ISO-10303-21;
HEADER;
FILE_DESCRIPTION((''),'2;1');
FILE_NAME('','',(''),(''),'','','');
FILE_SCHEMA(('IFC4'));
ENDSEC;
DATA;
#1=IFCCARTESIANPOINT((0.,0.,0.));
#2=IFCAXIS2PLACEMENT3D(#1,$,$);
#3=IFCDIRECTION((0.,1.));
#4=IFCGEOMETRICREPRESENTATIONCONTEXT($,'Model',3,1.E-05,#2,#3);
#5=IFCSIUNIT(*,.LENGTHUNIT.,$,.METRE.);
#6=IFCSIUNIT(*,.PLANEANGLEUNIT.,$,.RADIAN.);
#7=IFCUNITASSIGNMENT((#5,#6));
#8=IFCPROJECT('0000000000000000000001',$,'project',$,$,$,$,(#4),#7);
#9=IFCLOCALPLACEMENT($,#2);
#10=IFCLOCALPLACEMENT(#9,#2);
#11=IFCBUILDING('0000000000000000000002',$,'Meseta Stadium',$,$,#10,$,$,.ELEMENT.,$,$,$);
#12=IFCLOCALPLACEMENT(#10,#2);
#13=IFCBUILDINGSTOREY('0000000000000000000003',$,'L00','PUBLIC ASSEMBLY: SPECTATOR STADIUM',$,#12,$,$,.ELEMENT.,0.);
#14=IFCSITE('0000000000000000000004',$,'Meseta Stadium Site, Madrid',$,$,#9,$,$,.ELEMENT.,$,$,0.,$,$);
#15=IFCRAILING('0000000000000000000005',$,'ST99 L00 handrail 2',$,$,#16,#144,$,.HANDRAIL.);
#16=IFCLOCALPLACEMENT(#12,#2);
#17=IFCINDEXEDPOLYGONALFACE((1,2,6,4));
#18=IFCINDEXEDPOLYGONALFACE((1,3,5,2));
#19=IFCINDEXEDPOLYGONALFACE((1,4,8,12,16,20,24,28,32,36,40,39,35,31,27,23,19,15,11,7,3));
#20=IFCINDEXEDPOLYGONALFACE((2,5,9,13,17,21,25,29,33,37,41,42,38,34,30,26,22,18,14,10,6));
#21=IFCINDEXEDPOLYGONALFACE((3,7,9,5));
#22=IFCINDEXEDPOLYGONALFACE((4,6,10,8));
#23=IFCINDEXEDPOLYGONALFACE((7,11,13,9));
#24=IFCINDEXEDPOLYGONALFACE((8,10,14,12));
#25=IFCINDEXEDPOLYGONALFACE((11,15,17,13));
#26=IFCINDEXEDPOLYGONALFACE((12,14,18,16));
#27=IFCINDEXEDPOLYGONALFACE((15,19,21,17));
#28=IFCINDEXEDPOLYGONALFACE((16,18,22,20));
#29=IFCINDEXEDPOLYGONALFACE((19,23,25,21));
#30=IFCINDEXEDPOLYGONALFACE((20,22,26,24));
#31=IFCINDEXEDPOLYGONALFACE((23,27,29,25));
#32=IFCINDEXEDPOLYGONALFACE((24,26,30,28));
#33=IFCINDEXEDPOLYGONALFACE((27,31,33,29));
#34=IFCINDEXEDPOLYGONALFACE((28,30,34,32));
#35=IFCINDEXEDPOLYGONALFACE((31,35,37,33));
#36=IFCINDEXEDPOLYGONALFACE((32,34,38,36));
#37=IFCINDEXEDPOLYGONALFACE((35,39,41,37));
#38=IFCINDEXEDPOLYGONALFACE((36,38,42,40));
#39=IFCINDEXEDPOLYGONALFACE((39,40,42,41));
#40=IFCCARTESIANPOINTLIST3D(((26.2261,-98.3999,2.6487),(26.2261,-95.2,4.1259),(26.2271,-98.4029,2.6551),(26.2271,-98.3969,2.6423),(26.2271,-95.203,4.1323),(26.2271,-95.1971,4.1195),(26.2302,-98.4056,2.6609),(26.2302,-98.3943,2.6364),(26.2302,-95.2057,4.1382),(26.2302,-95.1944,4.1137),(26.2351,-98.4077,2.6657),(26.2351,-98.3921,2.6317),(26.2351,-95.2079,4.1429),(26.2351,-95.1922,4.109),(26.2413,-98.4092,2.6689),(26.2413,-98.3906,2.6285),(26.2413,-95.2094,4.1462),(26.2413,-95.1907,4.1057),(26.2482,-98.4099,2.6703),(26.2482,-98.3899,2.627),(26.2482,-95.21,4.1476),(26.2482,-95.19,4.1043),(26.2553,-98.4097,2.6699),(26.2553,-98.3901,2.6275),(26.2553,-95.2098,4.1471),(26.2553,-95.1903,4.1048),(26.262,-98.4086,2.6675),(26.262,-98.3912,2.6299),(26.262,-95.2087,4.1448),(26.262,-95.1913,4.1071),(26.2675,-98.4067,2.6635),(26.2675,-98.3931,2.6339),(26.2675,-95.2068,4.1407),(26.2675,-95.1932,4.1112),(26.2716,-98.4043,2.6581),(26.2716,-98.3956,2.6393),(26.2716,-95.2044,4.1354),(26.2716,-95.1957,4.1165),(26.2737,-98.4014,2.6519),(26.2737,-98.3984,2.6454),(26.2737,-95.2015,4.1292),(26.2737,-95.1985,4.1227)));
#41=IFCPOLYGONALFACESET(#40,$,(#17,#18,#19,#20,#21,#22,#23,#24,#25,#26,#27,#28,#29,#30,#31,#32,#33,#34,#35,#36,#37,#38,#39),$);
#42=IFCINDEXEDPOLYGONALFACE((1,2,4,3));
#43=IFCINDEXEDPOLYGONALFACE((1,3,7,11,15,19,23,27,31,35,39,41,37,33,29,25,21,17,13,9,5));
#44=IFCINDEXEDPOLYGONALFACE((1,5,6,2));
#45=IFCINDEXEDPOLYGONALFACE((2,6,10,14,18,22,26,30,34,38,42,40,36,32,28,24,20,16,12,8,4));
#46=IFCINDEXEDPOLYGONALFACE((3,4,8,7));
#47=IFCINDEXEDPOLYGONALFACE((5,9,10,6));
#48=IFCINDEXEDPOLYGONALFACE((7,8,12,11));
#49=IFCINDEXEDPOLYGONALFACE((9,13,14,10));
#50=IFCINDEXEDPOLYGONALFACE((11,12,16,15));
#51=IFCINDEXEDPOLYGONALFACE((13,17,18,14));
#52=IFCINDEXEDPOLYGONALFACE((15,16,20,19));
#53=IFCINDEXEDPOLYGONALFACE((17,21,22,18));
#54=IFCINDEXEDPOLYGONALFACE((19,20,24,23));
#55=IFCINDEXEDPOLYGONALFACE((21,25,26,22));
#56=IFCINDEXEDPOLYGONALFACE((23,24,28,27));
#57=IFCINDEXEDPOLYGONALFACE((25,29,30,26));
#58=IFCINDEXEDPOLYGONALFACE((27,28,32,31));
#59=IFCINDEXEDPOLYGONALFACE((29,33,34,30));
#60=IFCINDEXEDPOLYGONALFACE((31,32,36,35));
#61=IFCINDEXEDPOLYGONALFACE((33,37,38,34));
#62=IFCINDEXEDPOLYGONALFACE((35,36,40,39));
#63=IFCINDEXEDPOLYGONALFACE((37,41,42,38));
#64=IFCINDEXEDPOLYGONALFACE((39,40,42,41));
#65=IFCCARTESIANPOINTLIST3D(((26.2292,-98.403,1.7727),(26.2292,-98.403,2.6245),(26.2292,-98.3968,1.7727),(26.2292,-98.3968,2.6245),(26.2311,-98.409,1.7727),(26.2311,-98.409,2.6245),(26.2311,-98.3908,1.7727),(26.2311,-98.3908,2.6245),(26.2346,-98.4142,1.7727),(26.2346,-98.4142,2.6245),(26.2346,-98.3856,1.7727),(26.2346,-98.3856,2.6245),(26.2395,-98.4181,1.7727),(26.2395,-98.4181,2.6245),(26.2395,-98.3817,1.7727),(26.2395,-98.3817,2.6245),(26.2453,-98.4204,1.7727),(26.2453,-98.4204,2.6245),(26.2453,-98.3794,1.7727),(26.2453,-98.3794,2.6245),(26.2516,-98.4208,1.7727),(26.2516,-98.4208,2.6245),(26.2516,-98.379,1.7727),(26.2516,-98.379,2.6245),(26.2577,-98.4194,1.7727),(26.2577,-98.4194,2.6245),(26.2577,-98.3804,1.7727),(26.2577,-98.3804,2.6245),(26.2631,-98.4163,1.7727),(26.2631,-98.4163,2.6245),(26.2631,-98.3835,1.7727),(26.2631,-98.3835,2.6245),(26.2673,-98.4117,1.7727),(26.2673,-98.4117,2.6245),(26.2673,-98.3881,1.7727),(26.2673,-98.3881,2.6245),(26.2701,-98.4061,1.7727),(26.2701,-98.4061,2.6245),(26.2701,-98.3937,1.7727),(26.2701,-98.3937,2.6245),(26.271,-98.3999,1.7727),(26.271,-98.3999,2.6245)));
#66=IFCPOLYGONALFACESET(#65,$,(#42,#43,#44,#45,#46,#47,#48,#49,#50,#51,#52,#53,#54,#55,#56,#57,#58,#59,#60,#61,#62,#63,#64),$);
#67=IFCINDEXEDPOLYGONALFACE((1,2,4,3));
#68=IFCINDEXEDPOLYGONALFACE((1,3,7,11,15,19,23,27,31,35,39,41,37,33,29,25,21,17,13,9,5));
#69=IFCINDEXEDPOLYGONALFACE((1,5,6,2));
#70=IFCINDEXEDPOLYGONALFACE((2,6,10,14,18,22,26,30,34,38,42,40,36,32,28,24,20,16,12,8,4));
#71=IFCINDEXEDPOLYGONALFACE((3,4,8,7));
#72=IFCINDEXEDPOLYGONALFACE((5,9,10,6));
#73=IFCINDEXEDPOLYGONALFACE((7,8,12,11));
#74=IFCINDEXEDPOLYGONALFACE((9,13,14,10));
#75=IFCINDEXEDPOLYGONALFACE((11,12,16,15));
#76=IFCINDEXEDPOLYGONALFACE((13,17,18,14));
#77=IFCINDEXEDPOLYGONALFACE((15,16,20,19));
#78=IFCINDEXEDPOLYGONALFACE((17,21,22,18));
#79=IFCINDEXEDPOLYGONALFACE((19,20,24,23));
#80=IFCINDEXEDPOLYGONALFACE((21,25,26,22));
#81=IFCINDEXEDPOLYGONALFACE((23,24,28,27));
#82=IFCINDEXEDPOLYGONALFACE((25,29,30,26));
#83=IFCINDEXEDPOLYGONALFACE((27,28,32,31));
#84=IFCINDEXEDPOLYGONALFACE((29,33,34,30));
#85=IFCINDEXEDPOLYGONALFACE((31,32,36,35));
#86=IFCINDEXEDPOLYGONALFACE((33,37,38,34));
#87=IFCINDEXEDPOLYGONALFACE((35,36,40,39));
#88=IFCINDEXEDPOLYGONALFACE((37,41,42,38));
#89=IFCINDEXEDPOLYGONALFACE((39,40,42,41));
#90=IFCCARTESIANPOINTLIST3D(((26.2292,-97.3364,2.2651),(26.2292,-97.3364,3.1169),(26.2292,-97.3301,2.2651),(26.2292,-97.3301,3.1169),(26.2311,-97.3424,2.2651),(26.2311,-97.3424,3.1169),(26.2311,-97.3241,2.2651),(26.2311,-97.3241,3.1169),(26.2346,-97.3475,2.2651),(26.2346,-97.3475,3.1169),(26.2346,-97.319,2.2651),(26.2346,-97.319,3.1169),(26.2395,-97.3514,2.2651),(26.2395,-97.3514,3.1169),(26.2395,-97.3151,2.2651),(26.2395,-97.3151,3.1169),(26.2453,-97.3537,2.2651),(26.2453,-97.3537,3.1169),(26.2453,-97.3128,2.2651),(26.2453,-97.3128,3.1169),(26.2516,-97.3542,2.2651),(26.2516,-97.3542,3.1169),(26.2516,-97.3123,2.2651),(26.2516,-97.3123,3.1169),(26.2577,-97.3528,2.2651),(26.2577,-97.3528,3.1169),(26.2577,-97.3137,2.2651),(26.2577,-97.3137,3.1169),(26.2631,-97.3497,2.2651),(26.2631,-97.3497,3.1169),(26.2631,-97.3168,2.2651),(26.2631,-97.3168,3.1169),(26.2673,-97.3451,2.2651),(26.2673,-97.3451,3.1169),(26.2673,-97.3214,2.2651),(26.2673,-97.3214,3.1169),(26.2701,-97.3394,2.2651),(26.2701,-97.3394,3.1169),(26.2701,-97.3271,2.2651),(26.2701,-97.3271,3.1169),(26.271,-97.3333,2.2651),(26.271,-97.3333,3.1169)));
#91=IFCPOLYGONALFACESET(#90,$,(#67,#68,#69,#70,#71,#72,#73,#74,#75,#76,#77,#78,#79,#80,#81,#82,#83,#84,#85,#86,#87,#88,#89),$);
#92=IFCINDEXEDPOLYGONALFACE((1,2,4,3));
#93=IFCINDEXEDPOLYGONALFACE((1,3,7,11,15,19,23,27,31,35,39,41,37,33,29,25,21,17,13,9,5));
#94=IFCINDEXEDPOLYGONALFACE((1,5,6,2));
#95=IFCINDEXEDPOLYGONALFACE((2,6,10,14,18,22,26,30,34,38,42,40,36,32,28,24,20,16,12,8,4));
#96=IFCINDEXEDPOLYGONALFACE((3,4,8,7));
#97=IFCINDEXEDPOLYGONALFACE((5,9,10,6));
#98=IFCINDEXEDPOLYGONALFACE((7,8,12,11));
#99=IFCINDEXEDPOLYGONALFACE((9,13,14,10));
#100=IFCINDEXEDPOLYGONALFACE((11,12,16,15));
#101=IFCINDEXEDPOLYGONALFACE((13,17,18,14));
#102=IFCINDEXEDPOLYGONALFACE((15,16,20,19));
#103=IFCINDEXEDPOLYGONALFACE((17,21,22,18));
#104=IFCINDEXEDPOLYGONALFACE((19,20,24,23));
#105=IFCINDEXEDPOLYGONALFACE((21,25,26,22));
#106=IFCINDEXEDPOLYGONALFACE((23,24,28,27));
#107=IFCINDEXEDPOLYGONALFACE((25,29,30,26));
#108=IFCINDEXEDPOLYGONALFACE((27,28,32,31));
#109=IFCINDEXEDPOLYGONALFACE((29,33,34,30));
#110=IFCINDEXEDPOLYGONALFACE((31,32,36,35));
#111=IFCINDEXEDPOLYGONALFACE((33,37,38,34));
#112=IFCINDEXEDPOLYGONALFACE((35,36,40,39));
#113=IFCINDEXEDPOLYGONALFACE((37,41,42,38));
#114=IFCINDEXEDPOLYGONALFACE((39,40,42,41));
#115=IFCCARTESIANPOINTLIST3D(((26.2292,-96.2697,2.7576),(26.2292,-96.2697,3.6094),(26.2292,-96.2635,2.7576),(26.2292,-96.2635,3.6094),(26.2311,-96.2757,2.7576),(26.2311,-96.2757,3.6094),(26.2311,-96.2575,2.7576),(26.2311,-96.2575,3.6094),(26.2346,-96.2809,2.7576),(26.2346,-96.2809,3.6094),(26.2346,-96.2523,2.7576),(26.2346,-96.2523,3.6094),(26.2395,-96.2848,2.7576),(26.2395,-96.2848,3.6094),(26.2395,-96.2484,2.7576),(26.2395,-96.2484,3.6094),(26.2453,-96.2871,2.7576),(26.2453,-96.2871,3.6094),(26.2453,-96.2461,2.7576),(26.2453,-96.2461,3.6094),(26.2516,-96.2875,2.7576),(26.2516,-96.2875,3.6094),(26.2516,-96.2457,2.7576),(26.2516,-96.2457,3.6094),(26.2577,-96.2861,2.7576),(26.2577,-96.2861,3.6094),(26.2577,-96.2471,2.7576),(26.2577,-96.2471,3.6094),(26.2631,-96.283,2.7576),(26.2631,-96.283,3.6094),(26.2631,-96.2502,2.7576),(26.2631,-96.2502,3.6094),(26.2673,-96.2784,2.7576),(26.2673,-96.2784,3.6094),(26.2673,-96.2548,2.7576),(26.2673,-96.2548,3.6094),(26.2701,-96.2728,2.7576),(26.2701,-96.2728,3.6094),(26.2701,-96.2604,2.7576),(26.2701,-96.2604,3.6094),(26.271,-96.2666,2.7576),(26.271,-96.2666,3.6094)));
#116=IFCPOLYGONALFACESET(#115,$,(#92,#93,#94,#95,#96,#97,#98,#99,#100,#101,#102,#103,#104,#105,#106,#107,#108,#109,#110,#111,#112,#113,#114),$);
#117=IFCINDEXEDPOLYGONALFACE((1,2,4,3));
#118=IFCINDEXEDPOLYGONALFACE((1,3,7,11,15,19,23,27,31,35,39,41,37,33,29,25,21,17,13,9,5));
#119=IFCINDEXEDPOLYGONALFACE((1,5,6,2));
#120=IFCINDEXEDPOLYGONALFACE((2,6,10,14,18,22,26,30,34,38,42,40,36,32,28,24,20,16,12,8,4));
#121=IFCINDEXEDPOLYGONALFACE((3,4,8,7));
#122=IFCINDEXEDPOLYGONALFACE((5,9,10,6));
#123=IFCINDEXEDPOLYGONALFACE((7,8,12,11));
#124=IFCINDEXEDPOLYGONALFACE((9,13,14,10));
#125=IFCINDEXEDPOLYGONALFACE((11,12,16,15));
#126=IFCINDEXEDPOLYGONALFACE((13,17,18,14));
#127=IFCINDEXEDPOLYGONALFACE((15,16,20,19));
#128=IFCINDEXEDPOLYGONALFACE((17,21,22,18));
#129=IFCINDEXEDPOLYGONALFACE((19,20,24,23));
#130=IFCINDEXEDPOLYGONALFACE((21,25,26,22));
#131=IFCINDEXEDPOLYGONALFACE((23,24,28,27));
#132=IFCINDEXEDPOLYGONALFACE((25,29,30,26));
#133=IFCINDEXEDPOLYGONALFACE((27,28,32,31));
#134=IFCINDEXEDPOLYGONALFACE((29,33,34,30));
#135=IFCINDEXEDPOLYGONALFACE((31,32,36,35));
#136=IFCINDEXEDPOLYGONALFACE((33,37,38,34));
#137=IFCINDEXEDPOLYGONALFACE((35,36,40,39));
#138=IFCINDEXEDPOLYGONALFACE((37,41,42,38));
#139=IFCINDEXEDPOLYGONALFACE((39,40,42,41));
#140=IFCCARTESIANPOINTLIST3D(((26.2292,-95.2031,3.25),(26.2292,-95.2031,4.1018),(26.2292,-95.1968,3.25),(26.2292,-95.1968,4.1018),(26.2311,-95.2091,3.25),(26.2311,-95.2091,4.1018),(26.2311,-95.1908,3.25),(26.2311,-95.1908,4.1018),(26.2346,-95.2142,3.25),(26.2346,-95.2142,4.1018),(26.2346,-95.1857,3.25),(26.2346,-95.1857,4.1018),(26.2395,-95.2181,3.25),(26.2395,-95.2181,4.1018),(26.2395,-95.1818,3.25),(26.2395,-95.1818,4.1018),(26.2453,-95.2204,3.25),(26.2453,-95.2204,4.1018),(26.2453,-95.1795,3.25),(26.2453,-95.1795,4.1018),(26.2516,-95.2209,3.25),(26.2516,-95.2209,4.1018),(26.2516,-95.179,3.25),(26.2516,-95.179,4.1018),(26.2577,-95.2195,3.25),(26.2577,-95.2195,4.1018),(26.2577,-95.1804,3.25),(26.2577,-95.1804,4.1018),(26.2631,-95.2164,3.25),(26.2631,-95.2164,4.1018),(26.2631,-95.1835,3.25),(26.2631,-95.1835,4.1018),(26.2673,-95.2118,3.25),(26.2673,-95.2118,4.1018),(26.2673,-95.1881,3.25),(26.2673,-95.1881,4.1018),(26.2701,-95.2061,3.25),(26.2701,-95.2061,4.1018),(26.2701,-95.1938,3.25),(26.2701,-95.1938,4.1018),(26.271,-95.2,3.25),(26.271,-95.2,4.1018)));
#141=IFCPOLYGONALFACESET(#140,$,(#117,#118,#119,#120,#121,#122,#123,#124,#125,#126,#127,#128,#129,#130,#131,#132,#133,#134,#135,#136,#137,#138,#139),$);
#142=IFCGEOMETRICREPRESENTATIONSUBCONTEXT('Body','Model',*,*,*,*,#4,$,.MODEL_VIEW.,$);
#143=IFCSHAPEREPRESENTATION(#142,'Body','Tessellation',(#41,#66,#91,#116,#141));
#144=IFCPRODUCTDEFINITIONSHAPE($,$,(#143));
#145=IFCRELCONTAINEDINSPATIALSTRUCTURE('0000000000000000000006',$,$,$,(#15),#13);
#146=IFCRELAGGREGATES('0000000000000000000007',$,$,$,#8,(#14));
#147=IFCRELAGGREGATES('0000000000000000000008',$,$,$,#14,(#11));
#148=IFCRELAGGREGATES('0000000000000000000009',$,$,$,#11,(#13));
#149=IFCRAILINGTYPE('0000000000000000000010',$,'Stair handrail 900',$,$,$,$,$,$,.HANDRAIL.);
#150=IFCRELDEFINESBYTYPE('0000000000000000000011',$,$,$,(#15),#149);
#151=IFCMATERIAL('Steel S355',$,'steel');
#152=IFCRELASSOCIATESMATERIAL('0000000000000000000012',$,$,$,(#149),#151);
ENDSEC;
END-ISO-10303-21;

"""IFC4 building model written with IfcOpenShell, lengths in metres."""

from ifc_helpers import new_model, si_unit, direction, frame, origin, origin_2d, place, context, subcontext, project, spatial, circle, extrude, material, type_object, element, save


model = new_model("IFC4")

# Units and contexts
model_context = context("Model", 3, precision=1e-05, world=origin(), true_north=direction((0.0, 1.0)))
body_context = subcontext(model_context, "Body", "Model", "MODEL_VIEW")
ifc_project = project(units=[si_unit("LENGTHUNIT", "METRE"), si_unit("PLANEANGLEUNIT", "RADIAN")], contexts=[model_context])

# Site, building, storey
site_placement = place(None, origin())
site = spatial("IfcSite", under=ifc_project, at=site_placement, Name="Meseta Stadium Site, Madrid", CompositionType="ELEMENT", RefElevation=0.0)
building_placement = place(site_placement, origin())
building = spatial("IfcBuilding", under=site, at=building_placement, Name="Meseta Stadium", CompositionType="ELEMENT")
storey_placement = place(building_placement, origin())
storey = spatial("IfcBuildingStorey", under=building, at=storey_placement, Name="L00", Description="PUBLIC ASSEMBLY: SPECTATOR STADIUM", CompositionType="ELEMENT", Elevation=0.0)

# Railing
ifc_material_1 = material(Name="Steel S355", Category="steel")
railing_type_1 = type_object("IfcRailingType", Name="Stair handrail 900", PredefinedType="HANDRAIL", material=ifc_material_1)
railing_1_placement = place(storey_placement, frame((26.25, -98.3999, 1.7727)))
element("IfcRailing", 1, at=railing_1_placement, inside=storey, type_object=railing_type_1, Name="ST99 L00 handrail 2", PredefinedType="HANDRAIL", context=body_context, shape_type="SweptSolid", body=[
    extrude(circle(Radius=0.0239, at=origin_2d()), frame((0.0, 0.0, 0.876), z_axis=(0.0, 0.907917, 0.41915), x_axis=(-1.0, 0.0, 0.0)), (0.0, 0.0, 1.0), 3.5244),
    extrude(circle(Radius=0.021, at=origin_2d()), origin(), (0.0, 0.0, 1.0), 0.8518),
    extrude(circle(Radius=0.021, at=origin_2d()), frame((0.0, 1.0667, 0.4924)), (0.0, 0.0, 1.0), 0.8518),
    extrude(circle(Radius=0.021, at=origin_2d()), frame((0.0, 2.1333, 0.9849)), (0.0, 0.0, 1.0), 0.8518),
    extrude(circle(Radius=0.021, at=origin_2d()), frame((0.0, 3.2, 1.4773)), (0.0, 0.0, 1.0), 0.8518),
])

save(model, "model.ifc")
